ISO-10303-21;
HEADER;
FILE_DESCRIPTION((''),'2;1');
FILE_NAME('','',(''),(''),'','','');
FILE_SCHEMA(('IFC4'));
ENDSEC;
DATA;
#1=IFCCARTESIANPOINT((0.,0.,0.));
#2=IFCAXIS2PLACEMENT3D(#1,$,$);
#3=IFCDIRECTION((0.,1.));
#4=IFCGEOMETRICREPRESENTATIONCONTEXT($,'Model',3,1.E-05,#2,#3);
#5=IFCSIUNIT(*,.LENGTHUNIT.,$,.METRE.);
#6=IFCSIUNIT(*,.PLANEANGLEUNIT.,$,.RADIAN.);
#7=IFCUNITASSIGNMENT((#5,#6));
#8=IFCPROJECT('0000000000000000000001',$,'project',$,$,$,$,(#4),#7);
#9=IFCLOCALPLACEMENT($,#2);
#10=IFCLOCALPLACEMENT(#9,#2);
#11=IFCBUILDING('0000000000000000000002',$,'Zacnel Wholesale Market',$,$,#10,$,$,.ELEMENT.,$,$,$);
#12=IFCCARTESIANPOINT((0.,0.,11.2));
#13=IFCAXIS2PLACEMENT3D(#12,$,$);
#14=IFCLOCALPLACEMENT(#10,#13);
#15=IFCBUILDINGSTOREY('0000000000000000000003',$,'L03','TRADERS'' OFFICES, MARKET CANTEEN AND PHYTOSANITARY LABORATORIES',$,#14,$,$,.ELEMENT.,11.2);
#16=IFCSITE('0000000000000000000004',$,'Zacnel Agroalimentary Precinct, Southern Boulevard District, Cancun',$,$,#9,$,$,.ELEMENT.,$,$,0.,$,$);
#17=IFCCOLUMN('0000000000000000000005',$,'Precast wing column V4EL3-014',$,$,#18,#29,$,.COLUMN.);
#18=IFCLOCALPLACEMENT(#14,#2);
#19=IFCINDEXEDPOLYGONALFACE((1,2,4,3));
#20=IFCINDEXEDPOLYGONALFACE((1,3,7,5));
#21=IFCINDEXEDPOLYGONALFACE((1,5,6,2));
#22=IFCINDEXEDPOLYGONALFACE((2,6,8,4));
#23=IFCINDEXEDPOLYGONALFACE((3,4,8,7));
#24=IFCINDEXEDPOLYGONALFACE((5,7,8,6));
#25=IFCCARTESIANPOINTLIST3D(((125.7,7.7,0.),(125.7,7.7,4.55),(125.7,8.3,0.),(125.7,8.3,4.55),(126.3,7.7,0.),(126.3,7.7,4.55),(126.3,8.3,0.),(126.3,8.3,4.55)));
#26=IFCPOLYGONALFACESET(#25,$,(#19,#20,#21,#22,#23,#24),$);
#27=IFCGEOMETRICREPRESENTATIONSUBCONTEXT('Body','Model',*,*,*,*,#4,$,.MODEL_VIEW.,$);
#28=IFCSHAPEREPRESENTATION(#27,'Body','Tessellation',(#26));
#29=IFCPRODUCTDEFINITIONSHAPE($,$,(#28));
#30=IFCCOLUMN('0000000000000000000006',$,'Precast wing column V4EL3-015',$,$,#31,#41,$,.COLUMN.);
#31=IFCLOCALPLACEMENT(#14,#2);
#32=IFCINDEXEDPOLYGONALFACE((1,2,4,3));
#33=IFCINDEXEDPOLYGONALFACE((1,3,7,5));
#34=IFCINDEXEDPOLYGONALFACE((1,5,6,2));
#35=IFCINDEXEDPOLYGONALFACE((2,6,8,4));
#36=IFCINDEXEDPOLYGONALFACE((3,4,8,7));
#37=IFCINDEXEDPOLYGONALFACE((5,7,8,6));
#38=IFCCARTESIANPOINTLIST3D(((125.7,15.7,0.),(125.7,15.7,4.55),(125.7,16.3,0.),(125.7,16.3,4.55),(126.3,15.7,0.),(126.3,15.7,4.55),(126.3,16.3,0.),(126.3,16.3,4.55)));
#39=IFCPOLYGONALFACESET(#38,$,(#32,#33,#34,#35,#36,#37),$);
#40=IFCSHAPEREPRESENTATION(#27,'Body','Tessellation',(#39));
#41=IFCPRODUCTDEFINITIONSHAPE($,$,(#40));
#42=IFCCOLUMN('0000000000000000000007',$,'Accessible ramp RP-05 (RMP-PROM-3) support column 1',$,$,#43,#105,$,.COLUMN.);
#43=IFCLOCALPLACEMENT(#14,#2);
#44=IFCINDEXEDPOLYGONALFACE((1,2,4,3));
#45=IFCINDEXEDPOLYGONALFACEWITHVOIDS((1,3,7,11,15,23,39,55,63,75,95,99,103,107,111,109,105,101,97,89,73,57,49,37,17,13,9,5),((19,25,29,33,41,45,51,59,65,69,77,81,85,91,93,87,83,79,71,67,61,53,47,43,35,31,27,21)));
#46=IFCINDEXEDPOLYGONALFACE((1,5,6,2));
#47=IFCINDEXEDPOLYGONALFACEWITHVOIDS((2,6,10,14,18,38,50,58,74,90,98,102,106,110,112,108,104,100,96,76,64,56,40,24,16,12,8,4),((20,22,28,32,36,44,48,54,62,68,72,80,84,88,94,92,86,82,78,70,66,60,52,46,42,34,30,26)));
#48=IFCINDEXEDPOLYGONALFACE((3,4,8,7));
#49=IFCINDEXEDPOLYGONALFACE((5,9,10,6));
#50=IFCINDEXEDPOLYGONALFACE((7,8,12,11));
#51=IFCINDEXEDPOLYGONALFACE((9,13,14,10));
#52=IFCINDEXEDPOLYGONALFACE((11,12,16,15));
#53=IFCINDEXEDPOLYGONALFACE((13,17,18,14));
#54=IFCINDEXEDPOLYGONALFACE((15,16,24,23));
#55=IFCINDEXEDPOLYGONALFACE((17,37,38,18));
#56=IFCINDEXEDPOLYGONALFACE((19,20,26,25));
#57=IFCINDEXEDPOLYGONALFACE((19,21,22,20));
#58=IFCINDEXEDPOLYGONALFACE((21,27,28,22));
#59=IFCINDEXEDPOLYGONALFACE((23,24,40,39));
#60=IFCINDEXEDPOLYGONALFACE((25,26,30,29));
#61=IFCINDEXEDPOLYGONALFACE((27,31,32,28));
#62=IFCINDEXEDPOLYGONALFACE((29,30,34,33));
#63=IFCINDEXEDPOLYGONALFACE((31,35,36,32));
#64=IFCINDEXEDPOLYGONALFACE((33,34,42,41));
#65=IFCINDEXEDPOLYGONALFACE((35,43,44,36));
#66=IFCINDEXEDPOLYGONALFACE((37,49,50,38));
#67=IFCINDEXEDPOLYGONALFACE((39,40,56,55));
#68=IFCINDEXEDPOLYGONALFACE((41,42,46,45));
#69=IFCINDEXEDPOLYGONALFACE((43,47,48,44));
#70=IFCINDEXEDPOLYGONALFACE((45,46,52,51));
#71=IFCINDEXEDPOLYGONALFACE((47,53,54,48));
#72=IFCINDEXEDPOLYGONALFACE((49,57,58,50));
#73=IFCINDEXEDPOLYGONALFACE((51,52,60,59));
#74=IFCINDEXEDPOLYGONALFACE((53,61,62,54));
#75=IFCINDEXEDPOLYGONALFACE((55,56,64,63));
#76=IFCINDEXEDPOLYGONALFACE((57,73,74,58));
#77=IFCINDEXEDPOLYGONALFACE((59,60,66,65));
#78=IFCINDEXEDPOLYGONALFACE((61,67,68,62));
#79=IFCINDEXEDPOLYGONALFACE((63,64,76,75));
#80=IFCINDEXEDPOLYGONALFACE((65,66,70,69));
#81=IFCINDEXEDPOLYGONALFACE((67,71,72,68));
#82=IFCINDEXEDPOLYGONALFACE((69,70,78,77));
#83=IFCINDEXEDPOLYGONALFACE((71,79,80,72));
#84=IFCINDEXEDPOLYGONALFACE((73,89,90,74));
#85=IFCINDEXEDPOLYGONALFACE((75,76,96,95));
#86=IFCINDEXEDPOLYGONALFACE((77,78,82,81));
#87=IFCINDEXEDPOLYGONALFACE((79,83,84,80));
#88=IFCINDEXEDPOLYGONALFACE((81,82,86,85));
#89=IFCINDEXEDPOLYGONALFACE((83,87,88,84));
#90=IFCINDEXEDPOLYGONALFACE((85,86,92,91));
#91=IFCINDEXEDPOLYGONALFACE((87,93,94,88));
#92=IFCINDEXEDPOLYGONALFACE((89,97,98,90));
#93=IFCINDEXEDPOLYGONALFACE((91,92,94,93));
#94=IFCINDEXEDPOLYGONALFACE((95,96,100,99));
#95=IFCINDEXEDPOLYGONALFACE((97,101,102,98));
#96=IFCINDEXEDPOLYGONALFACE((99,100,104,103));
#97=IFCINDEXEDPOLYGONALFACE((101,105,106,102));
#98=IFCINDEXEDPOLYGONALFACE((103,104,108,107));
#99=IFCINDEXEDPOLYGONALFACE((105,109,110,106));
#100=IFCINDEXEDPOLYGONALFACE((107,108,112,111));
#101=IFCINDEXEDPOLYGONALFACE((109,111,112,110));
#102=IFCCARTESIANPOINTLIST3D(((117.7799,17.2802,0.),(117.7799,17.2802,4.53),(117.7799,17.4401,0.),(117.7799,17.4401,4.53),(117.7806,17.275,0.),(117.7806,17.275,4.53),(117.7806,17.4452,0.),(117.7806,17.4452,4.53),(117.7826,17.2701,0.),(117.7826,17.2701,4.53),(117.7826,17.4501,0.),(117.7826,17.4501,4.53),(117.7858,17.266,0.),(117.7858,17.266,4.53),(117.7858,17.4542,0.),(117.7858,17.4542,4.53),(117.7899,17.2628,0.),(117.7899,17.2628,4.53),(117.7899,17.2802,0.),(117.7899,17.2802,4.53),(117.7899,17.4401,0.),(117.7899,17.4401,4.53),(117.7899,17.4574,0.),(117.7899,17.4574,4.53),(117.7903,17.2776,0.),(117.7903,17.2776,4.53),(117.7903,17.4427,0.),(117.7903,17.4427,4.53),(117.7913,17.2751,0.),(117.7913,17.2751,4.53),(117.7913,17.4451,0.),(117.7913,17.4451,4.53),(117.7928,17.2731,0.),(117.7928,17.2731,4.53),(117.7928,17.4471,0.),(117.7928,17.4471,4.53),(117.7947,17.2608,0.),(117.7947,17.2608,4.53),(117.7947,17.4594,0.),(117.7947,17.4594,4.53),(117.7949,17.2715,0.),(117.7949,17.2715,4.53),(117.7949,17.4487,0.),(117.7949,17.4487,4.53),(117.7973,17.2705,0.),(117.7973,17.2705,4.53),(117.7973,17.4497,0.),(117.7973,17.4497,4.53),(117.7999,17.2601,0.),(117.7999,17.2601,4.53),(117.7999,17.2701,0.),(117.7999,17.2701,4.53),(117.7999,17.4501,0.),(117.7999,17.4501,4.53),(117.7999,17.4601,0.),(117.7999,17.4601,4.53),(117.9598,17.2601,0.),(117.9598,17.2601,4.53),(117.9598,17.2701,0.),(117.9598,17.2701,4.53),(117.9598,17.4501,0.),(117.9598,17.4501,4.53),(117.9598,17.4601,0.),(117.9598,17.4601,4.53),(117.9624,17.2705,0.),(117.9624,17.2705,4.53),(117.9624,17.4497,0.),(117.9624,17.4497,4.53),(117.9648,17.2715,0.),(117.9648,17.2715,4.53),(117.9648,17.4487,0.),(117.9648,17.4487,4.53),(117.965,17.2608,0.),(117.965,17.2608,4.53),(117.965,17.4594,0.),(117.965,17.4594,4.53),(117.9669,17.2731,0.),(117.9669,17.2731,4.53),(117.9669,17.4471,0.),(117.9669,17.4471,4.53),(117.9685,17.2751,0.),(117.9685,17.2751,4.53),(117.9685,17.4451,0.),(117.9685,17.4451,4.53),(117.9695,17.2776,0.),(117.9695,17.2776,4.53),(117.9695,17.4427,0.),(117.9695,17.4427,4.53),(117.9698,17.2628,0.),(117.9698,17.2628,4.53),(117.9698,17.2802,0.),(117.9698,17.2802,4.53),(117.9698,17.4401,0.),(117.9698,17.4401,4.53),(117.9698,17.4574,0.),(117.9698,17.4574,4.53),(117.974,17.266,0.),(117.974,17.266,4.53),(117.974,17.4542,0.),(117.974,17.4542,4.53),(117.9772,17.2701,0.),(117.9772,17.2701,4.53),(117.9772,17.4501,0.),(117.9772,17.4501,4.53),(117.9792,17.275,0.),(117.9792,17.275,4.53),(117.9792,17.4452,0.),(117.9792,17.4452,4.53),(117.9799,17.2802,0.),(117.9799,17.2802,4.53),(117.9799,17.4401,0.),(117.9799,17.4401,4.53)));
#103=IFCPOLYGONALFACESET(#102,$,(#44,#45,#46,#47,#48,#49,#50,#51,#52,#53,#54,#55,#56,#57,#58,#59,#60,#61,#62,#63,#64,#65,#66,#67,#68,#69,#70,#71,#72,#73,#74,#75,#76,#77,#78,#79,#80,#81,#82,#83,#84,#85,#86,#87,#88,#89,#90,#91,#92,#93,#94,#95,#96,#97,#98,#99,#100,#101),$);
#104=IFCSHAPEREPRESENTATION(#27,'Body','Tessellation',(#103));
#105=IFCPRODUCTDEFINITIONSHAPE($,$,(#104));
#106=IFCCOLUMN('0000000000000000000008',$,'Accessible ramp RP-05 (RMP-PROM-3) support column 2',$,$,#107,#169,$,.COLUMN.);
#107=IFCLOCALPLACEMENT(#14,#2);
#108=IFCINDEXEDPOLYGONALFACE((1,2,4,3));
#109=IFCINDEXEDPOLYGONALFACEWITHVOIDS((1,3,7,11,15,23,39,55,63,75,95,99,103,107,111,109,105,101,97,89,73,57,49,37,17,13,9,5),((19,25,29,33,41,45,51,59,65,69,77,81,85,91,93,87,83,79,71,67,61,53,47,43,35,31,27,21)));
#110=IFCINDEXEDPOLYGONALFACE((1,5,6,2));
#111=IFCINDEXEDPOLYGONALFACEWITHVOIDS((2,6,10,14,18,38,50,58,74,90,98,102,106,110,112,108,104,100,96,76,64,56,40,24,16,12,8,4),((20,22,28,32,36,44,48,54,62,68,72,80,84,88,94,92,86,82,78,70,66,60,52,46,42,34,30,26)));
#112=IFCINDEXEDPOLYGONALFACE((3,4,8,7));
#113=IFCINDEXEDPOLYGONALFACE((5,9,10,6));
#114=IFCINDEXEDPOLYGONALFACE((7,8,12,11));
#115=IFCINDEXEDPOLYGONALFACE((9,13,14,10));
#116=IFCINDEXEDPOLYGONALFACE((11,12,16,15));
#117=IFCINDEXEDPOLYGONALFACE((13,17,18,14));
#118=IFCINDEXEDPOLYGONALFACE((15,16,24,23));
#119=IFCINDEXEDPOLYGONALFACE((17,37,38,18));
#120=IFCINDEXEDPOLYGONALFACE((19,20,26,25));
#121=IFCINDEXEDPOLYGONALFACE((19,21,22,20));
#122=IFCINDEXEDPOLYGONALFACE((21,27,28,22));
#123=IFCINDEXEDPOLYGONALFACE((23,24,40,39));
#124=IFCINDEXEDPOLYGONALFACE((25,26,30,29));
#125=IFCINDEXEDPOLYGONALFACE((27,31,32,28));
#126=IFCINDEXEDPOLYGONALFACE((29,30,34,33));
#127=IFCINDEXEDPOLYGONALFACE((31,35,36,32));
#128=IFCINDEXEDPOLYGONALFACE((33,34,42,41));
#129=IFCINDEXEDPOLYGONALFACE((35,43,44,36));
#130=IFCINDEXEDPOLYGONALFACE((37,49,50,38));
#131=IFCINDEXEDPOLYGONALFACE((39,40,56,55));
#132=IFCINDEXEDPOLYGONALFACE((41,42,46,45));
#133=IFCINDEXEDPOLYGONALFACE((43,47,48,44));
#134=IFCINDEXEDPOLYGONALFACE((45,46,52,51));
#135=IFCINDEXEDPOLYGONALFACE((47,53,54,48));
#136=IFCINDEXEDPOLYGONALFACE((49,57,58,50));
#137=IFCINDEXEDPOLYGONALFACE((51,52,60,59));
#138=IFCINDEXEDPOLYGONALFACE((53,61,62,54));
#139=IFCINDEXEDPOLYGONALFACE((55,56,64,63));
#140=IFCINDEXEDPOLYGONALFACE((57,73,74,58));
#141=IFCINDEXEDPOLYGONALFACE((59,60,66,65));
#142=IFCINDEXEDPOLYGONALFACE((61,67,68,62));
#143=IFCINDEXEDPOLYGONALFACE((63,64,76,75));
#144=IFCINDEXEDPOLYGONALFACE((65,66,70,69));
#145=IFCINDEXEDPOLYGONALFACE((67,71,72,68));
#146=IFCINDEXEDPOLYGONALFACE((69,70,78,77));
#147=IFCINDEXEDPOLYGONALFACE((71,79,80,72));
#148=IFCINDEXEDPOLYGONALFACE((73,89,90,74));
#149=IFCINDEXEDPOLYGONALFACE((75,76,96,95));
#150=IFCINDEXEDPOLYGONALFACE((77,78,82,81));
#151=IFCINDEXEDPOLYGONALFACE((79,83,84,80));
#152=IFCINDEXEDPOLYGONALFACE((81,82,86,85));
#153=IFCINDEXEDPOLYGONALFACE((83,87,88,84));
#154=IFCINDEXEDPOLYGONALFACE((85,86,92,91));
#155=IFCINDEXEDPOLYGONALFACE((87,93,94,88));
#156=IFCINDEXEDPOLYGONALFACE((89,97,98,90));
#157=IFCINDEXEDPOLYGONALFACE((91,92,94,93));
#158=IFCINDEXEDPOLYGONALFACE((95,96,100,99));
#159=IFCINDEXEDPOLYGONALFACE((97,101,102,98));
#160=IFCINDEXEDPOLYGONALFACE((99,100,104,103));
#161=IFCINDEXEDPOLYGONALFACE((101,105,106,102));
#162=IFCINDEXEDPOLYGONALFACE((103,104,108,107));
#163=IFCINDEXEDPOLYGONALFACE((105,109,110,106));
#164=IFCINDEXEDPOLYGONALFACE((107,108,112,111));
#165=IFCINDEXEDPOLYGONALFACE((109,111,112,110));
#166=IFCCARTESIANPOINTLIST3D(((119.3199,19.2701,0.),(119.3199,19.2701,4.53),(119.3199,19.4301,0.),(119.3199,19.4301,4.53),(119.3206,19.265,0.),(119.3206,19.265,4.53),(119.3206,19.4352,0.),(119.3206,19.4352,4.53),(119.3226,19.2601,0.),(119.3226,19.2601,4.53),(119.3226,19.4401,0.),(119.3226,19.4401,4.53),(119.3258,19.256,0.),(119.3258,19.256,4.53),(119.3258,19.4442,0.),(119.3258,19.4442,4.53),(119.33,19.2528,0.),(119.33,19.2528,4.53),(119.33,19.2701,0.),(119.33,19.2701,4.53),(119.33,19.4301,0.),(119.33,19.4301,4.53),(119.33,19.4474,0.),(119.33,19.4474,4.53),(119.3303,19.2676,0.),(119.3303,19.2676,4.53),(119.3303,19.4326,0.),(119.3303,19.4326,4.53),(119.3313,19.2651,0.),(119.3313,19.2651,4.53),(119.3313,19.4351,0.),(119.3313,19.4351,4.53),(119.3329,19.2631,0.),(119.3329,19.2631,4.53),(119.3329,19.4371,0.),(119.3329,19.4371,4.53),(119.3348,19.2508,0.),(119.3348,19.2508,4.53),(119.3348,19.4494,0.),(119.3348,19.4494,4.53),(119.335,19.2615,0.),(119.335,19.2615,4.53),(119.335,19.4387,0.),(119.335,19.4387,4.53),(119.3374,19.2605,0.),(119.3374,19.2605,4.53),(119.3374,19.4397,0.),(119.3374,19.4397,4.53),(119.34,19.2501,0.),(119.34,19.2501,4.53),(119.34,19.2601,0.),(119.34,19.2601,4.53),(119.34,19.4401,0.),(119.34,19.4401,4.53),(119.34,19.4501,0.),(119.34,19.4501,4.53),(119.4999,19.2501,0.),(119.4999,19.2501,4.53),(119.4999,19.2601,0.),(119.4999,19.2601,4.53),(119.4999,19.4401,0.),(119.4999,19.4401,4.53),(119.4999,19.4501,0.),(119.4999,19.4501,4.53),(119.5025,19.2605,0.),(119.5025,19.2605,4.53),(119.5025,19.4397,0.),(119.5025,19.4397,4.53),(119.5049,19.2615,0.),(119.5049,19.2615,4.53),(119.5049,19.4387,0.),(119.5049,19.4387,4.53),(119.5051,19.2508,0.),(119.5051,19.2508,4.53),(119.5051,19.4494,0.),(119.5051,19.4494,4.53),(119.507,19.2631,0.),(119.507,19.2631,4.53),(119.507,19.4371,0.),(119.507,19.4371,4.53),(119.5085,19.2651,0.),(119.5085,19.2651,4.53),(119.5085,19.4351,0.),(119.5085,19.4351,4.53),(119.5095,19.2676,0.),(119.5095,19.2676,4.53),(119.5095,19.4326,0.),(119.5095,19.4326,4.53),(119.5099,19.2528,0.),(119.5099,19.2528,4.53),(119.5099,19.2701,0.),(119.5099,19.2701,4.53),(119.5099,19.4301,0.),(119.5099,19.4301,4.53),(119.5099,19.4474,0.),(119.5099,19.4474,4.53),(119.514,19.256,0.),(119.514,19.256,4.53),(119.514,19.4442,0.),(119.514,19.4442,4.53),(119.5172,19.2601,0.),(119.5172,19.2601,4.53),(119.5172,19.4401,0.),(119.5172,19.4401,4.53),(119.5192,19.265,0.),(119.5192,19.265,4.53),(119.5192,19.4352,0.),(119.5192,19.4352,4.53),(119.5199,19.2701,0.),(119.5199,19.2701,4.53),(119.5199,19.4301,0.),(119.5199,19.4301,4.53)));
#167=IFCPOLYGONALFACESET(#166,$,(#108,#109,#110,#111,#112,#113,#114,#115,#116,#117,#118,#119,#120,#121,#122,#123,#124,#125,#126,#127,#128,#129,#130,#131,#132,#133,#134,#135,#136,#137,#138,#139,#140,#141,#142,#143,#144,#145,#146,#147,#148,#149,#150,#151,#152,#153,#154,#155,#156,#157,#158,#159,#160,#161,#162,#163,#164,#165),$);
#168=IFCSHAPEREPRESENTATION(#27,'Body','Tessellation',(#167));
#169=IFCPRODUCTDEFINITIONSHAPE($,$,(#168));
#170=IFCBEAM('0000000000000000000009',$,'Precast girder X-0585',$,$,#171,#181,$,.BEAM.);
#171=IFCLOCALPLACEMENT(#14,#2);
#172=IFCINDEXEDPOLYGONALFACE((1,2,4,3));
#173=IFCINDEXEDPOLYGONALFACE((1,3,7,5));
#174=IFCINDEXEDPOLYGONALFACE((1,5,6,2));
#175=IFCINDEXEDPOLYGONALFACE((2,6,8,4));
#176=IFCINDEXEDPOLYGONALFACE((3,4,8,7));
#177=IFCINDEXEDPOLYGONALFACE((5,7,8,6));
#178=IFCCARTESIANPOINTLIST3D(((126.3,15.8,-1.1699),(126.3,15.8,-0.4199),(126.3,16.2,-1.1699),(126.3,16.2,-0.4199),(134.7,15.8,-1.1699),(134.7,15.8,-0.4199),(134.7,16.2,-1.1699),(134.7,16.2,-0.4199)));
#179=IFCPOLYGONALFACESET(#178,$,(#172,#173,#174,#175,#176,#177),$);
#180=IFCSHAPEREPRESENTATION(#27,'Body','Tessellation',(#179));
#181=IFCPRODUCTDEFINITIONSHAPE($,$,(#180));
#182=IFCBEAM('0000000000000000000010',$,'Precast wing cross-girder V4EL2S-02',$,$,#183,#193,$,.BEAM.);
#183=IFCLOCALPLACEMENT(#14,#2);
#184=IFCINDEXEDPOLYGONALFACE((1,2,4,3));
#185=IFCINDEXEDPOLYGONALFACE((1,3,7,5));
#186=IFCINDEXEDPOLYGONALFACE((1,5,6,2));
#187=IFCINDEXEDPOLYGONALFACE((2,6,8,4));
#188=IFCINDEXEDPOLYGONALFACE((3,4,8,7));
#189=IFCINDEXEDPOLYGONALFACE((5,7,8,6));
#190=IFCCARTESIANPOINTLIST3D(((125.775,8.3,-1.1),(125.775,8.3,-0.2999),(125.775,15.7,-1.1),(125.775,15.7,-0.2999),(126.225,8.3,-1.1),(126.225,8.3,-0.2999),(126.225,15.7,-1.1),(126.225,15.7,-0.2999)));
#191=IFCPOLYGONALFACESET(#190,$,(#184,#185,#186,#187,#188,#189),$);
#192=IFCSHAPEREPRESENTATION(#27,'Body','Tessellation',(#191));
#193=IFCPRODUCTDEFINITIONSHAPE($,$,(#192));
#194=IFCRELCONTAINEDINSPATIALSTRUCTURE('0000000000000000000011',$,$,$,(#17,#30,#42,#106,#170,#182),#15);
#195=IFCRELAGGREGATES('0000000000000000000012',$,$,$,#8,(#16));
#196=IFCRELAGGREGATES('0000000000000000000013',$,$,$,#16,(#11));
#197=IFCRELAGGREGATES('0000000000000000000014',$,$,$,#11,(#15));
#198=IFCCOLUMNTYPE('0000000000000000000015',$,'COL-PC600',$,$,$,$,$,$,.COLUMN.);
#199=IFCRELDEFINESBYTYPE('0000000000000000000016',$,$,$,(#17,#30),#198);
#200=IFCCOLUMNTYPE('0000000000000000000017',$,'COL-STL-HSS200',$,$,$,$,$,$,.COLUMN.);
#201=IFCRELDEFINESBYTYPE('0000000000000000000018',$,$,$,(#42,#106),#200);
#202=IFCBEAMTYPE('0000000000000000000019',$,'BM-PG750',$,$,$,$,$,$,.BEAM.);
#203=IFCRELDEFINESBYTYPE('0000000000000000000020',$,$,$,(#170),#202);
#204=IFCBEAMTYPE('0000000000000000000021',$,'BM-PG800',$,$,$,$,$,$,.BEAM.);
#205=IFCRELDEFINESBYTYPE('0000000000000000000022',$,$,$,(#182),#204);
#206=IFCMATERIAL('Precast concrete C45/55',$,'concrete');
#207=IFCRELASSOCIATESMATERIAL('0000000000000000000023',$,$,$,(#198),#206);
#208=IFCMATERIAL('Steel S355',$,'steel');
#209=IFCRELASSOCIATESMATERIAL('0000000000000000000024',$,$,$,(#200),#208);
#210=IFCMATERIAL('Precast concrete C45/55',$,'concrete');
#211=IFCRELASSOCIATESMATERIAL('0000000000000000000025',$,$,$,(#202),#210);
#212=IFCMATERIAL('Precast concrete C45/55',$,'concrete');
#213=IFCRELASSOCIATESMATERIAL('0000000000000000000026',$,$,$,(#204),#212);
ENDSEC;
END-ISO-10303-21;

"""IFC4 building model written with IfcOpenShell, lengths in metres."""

from ifc_helpers import new_model, si_unit, direction, frame, origin, origin_2d, place, context, subcontext, project, spatial, rectangle, hollow_rectangle, extrude, material, material_profile, profile_set, type_object, element, save


model = new_model("IFC4")

# Units and contexts
model_context = context("Model", 3, precision=1e-05, world=origin(), true_north=direction((0.0, 1.0)))
body_context = subcontext(model_context, "Body", "Model", "MODEL_VIEW")
ifc_project = project(units=[si_unit("LENGTHUNIT", "METRE"), si_unit("PLANEANGLEUNIT", "RADIAN")], contexts=[model_context])

# Site, building, storey
site_placement = place(None, origin())
site = spatial("IfcSite", under=ifc_project, at=site_placement, Name="Zacnel Agroalimentary Precinct, Southern Boulevard District, Cancun", CompositionType="ELEMENT", RefElevation=0.0)
building_placement = place(site_placement, origin())
building = spatial("IfcBuilding", under=site, at=building_placement, Name="Zacnel Wholesale Market", CompositionType="ELEMENT")
storey_placement = place(building_placement, frame((0.0, 0.0, 11.2)))
storey = spatial("IfcBuildingStorey", under=building, at=storey_placement, Name="L03", Description="TRADERS' OFFICES, MARKET CANTEEN AND PHYTOSANITARY LABORATORIES", CompositionType="ELEMENT", Elevation=11.2)

# Columns
ifc_material_1 = material(Name="Precast concrete C45/55", Category="concrete")
ifc_material_profile_1 = material_profile(ifc_material_1, rectangle(XDim=0.6001, YDim=0.6001, at=origin_2d()), Name="PC 600x600")
ifc_profile_set_1 = profile_set([ifc_material_profile_1], Name="Precast concrete C45/55")
column_type_1 = type_object("IfcColumnType", Name="COL-PC600", PredefinedType="COLUMN", material=ifc_profile_set_1)
for number, where, z_axis, x_axis, name in (
    (1, (126.0, 8.0, 0.0), (0.0, 0.0, 1.0), (1.0, 0.0, 0.0), "Precast wing column V4EL3-014"),
    (2, (126.0, 16.0, 0.0), (0.0, 0.0, 1.0), (1.0, 0.0, 0.0), "Precast wing column V4EL3-015"),
):
    element("IfcColumn", number, at=place(storey_placement, frame(where, z_axis=z_axis, x_axis=x_axis)), inside=storey, type_object=column_type_1, Name=name, PredefinedType="COLUMN", context=body_context, shape_type="SweptSolid", body=[
        extrude(rectangle(XDim=0.6001, YDim=0.6001, at=origin_2d()), origin(), (0.0, 0.0, 1.0), 4.55),
    ])
ifc_material_2 = material(Name="Steel S355", Category="steel")
ifc_material_profile_2 = material_profile(ifc_material_2, hollow_rectangle(XDim=0.2, YDim=0.2, WallThickness=0.01, InnerFilletRadius=0.01, OuterFilletRadius=0.02, at=origin_2d()), Name="HSS 200x200x10")
ifc_profile_set_2 = profile_set([ifc_material_profile_2], Name="Steel S355")
column_type_2 = type_object("IfcColumnType", Name="COL-STL-HSS200", PredefinedType="COLUMN", material=ifc_profile_set_2)
for number, where, z_axis, x_axis, name in (
    (3, (117.8799, 17.3601, 0.0), (0.0, 0.0, 1.0), (1.0, 0.0, 0.0), "Accessible ramp RP-05 (RMP-PROM-3) support column 1"),
    (4, (119.4199, 19.3501, 0.0), (0.0, 0.0, 1.0), (1.0, 0.0, 0.0), "Accessible ramp RP-05 (RMP-PROM-3) support column 2"),
):
    element("IfcColumn", number, at=place(storey_placement, frame(where, z_axis=z_axis, x_axis=x_axis)), inside=storey, type_object=column_type_2, Name=name, PredefinedType="COLUMN", context=body_context, shape_type="SweptSolid", body=[
        extrude(hollow_rectangle(XDim=0.2, YDim=0.2, WallThickness=0.01, InnerFilletRadius=0.01, OuterFilletRadius=0.02, at=origin_2d()), origin(), (0.0, 0.0, 1.0), 4.53),
    ])

# Beams
ifc_material_3 = material(Name="Precast concrete C45/55", Category="concrete")
ifc_material_profile_3 = material_profile(ifc_material_3, rectangle(XDim=0.3999, YDim=0.75, at=origin_2d()), Name="PG 400x750")
ifc_profile_set_3 = profile_set([ifc_material_profile_3], Name="Precast concrete C45/55")
beam_type_1 = type_object("IfcBeamType", Name="BM-PG750", PredefinedType="BEAM", material=ifc_profile_set_3)
beam_1_placement = place(storey_placement, frame((126.3, 16.0, -0.7949), z_axis=(1.0, 0.0, 0.0), x_axis=(0.0, 1.0, 0.0)))
element("IfcBeam", 5, at=beam_1_placement, inside=storey, type_object=beam_type_1, Name="Precast girder X-0585", PredefinedType="BEAM", context=body_context, shape_type="SweptSolid", body=[
    extrude(rectangle(XDim=0.3999, YDim=0.75, at=origin_2d()), origin(), (0.0, 0.0, 1.0), 8.3999),
])
ifc_material_4 = material(Name="Precast concrete C45/55", Category="concrete")
ifc_material_profile_4 = material_profile(ifc_material_4, rectangle(XDim=0.45, YDim=0.8, at=origin_2d()), Name="PG 450x800")
ifc_profile_set_4 = profile_set([ifc_material_profile_4], Name="Precast concrete C45/55")
beam_type_2 = type_object("IfcBeamType", Name="BM-PG800", PredefinedType="BEAM", material=ifc_profile_set_4)
beam_2_placement = place(storey_placement, frame((126.0, 8.3, -0.7), z_axis=(0.0, 1.0, 0.0), x_axis=(-1.0, 0.0, 0.0)))
element("IfcBeam", 6, at=beam_2_placement, inside=storey, type_object=beam_type_2, Name="Precast wing cross-girder V4EL2S-02", PredefinedType="BEAM", context=body_context, shape_type="SweptSolid", body=[
    extrude(rectangle(XDim=0.45, YDim=0.8, at=origin_2d()), origin(), (0.0, 0.0, 1.0), 7.3999),
])

save(model, "model.ifc")
